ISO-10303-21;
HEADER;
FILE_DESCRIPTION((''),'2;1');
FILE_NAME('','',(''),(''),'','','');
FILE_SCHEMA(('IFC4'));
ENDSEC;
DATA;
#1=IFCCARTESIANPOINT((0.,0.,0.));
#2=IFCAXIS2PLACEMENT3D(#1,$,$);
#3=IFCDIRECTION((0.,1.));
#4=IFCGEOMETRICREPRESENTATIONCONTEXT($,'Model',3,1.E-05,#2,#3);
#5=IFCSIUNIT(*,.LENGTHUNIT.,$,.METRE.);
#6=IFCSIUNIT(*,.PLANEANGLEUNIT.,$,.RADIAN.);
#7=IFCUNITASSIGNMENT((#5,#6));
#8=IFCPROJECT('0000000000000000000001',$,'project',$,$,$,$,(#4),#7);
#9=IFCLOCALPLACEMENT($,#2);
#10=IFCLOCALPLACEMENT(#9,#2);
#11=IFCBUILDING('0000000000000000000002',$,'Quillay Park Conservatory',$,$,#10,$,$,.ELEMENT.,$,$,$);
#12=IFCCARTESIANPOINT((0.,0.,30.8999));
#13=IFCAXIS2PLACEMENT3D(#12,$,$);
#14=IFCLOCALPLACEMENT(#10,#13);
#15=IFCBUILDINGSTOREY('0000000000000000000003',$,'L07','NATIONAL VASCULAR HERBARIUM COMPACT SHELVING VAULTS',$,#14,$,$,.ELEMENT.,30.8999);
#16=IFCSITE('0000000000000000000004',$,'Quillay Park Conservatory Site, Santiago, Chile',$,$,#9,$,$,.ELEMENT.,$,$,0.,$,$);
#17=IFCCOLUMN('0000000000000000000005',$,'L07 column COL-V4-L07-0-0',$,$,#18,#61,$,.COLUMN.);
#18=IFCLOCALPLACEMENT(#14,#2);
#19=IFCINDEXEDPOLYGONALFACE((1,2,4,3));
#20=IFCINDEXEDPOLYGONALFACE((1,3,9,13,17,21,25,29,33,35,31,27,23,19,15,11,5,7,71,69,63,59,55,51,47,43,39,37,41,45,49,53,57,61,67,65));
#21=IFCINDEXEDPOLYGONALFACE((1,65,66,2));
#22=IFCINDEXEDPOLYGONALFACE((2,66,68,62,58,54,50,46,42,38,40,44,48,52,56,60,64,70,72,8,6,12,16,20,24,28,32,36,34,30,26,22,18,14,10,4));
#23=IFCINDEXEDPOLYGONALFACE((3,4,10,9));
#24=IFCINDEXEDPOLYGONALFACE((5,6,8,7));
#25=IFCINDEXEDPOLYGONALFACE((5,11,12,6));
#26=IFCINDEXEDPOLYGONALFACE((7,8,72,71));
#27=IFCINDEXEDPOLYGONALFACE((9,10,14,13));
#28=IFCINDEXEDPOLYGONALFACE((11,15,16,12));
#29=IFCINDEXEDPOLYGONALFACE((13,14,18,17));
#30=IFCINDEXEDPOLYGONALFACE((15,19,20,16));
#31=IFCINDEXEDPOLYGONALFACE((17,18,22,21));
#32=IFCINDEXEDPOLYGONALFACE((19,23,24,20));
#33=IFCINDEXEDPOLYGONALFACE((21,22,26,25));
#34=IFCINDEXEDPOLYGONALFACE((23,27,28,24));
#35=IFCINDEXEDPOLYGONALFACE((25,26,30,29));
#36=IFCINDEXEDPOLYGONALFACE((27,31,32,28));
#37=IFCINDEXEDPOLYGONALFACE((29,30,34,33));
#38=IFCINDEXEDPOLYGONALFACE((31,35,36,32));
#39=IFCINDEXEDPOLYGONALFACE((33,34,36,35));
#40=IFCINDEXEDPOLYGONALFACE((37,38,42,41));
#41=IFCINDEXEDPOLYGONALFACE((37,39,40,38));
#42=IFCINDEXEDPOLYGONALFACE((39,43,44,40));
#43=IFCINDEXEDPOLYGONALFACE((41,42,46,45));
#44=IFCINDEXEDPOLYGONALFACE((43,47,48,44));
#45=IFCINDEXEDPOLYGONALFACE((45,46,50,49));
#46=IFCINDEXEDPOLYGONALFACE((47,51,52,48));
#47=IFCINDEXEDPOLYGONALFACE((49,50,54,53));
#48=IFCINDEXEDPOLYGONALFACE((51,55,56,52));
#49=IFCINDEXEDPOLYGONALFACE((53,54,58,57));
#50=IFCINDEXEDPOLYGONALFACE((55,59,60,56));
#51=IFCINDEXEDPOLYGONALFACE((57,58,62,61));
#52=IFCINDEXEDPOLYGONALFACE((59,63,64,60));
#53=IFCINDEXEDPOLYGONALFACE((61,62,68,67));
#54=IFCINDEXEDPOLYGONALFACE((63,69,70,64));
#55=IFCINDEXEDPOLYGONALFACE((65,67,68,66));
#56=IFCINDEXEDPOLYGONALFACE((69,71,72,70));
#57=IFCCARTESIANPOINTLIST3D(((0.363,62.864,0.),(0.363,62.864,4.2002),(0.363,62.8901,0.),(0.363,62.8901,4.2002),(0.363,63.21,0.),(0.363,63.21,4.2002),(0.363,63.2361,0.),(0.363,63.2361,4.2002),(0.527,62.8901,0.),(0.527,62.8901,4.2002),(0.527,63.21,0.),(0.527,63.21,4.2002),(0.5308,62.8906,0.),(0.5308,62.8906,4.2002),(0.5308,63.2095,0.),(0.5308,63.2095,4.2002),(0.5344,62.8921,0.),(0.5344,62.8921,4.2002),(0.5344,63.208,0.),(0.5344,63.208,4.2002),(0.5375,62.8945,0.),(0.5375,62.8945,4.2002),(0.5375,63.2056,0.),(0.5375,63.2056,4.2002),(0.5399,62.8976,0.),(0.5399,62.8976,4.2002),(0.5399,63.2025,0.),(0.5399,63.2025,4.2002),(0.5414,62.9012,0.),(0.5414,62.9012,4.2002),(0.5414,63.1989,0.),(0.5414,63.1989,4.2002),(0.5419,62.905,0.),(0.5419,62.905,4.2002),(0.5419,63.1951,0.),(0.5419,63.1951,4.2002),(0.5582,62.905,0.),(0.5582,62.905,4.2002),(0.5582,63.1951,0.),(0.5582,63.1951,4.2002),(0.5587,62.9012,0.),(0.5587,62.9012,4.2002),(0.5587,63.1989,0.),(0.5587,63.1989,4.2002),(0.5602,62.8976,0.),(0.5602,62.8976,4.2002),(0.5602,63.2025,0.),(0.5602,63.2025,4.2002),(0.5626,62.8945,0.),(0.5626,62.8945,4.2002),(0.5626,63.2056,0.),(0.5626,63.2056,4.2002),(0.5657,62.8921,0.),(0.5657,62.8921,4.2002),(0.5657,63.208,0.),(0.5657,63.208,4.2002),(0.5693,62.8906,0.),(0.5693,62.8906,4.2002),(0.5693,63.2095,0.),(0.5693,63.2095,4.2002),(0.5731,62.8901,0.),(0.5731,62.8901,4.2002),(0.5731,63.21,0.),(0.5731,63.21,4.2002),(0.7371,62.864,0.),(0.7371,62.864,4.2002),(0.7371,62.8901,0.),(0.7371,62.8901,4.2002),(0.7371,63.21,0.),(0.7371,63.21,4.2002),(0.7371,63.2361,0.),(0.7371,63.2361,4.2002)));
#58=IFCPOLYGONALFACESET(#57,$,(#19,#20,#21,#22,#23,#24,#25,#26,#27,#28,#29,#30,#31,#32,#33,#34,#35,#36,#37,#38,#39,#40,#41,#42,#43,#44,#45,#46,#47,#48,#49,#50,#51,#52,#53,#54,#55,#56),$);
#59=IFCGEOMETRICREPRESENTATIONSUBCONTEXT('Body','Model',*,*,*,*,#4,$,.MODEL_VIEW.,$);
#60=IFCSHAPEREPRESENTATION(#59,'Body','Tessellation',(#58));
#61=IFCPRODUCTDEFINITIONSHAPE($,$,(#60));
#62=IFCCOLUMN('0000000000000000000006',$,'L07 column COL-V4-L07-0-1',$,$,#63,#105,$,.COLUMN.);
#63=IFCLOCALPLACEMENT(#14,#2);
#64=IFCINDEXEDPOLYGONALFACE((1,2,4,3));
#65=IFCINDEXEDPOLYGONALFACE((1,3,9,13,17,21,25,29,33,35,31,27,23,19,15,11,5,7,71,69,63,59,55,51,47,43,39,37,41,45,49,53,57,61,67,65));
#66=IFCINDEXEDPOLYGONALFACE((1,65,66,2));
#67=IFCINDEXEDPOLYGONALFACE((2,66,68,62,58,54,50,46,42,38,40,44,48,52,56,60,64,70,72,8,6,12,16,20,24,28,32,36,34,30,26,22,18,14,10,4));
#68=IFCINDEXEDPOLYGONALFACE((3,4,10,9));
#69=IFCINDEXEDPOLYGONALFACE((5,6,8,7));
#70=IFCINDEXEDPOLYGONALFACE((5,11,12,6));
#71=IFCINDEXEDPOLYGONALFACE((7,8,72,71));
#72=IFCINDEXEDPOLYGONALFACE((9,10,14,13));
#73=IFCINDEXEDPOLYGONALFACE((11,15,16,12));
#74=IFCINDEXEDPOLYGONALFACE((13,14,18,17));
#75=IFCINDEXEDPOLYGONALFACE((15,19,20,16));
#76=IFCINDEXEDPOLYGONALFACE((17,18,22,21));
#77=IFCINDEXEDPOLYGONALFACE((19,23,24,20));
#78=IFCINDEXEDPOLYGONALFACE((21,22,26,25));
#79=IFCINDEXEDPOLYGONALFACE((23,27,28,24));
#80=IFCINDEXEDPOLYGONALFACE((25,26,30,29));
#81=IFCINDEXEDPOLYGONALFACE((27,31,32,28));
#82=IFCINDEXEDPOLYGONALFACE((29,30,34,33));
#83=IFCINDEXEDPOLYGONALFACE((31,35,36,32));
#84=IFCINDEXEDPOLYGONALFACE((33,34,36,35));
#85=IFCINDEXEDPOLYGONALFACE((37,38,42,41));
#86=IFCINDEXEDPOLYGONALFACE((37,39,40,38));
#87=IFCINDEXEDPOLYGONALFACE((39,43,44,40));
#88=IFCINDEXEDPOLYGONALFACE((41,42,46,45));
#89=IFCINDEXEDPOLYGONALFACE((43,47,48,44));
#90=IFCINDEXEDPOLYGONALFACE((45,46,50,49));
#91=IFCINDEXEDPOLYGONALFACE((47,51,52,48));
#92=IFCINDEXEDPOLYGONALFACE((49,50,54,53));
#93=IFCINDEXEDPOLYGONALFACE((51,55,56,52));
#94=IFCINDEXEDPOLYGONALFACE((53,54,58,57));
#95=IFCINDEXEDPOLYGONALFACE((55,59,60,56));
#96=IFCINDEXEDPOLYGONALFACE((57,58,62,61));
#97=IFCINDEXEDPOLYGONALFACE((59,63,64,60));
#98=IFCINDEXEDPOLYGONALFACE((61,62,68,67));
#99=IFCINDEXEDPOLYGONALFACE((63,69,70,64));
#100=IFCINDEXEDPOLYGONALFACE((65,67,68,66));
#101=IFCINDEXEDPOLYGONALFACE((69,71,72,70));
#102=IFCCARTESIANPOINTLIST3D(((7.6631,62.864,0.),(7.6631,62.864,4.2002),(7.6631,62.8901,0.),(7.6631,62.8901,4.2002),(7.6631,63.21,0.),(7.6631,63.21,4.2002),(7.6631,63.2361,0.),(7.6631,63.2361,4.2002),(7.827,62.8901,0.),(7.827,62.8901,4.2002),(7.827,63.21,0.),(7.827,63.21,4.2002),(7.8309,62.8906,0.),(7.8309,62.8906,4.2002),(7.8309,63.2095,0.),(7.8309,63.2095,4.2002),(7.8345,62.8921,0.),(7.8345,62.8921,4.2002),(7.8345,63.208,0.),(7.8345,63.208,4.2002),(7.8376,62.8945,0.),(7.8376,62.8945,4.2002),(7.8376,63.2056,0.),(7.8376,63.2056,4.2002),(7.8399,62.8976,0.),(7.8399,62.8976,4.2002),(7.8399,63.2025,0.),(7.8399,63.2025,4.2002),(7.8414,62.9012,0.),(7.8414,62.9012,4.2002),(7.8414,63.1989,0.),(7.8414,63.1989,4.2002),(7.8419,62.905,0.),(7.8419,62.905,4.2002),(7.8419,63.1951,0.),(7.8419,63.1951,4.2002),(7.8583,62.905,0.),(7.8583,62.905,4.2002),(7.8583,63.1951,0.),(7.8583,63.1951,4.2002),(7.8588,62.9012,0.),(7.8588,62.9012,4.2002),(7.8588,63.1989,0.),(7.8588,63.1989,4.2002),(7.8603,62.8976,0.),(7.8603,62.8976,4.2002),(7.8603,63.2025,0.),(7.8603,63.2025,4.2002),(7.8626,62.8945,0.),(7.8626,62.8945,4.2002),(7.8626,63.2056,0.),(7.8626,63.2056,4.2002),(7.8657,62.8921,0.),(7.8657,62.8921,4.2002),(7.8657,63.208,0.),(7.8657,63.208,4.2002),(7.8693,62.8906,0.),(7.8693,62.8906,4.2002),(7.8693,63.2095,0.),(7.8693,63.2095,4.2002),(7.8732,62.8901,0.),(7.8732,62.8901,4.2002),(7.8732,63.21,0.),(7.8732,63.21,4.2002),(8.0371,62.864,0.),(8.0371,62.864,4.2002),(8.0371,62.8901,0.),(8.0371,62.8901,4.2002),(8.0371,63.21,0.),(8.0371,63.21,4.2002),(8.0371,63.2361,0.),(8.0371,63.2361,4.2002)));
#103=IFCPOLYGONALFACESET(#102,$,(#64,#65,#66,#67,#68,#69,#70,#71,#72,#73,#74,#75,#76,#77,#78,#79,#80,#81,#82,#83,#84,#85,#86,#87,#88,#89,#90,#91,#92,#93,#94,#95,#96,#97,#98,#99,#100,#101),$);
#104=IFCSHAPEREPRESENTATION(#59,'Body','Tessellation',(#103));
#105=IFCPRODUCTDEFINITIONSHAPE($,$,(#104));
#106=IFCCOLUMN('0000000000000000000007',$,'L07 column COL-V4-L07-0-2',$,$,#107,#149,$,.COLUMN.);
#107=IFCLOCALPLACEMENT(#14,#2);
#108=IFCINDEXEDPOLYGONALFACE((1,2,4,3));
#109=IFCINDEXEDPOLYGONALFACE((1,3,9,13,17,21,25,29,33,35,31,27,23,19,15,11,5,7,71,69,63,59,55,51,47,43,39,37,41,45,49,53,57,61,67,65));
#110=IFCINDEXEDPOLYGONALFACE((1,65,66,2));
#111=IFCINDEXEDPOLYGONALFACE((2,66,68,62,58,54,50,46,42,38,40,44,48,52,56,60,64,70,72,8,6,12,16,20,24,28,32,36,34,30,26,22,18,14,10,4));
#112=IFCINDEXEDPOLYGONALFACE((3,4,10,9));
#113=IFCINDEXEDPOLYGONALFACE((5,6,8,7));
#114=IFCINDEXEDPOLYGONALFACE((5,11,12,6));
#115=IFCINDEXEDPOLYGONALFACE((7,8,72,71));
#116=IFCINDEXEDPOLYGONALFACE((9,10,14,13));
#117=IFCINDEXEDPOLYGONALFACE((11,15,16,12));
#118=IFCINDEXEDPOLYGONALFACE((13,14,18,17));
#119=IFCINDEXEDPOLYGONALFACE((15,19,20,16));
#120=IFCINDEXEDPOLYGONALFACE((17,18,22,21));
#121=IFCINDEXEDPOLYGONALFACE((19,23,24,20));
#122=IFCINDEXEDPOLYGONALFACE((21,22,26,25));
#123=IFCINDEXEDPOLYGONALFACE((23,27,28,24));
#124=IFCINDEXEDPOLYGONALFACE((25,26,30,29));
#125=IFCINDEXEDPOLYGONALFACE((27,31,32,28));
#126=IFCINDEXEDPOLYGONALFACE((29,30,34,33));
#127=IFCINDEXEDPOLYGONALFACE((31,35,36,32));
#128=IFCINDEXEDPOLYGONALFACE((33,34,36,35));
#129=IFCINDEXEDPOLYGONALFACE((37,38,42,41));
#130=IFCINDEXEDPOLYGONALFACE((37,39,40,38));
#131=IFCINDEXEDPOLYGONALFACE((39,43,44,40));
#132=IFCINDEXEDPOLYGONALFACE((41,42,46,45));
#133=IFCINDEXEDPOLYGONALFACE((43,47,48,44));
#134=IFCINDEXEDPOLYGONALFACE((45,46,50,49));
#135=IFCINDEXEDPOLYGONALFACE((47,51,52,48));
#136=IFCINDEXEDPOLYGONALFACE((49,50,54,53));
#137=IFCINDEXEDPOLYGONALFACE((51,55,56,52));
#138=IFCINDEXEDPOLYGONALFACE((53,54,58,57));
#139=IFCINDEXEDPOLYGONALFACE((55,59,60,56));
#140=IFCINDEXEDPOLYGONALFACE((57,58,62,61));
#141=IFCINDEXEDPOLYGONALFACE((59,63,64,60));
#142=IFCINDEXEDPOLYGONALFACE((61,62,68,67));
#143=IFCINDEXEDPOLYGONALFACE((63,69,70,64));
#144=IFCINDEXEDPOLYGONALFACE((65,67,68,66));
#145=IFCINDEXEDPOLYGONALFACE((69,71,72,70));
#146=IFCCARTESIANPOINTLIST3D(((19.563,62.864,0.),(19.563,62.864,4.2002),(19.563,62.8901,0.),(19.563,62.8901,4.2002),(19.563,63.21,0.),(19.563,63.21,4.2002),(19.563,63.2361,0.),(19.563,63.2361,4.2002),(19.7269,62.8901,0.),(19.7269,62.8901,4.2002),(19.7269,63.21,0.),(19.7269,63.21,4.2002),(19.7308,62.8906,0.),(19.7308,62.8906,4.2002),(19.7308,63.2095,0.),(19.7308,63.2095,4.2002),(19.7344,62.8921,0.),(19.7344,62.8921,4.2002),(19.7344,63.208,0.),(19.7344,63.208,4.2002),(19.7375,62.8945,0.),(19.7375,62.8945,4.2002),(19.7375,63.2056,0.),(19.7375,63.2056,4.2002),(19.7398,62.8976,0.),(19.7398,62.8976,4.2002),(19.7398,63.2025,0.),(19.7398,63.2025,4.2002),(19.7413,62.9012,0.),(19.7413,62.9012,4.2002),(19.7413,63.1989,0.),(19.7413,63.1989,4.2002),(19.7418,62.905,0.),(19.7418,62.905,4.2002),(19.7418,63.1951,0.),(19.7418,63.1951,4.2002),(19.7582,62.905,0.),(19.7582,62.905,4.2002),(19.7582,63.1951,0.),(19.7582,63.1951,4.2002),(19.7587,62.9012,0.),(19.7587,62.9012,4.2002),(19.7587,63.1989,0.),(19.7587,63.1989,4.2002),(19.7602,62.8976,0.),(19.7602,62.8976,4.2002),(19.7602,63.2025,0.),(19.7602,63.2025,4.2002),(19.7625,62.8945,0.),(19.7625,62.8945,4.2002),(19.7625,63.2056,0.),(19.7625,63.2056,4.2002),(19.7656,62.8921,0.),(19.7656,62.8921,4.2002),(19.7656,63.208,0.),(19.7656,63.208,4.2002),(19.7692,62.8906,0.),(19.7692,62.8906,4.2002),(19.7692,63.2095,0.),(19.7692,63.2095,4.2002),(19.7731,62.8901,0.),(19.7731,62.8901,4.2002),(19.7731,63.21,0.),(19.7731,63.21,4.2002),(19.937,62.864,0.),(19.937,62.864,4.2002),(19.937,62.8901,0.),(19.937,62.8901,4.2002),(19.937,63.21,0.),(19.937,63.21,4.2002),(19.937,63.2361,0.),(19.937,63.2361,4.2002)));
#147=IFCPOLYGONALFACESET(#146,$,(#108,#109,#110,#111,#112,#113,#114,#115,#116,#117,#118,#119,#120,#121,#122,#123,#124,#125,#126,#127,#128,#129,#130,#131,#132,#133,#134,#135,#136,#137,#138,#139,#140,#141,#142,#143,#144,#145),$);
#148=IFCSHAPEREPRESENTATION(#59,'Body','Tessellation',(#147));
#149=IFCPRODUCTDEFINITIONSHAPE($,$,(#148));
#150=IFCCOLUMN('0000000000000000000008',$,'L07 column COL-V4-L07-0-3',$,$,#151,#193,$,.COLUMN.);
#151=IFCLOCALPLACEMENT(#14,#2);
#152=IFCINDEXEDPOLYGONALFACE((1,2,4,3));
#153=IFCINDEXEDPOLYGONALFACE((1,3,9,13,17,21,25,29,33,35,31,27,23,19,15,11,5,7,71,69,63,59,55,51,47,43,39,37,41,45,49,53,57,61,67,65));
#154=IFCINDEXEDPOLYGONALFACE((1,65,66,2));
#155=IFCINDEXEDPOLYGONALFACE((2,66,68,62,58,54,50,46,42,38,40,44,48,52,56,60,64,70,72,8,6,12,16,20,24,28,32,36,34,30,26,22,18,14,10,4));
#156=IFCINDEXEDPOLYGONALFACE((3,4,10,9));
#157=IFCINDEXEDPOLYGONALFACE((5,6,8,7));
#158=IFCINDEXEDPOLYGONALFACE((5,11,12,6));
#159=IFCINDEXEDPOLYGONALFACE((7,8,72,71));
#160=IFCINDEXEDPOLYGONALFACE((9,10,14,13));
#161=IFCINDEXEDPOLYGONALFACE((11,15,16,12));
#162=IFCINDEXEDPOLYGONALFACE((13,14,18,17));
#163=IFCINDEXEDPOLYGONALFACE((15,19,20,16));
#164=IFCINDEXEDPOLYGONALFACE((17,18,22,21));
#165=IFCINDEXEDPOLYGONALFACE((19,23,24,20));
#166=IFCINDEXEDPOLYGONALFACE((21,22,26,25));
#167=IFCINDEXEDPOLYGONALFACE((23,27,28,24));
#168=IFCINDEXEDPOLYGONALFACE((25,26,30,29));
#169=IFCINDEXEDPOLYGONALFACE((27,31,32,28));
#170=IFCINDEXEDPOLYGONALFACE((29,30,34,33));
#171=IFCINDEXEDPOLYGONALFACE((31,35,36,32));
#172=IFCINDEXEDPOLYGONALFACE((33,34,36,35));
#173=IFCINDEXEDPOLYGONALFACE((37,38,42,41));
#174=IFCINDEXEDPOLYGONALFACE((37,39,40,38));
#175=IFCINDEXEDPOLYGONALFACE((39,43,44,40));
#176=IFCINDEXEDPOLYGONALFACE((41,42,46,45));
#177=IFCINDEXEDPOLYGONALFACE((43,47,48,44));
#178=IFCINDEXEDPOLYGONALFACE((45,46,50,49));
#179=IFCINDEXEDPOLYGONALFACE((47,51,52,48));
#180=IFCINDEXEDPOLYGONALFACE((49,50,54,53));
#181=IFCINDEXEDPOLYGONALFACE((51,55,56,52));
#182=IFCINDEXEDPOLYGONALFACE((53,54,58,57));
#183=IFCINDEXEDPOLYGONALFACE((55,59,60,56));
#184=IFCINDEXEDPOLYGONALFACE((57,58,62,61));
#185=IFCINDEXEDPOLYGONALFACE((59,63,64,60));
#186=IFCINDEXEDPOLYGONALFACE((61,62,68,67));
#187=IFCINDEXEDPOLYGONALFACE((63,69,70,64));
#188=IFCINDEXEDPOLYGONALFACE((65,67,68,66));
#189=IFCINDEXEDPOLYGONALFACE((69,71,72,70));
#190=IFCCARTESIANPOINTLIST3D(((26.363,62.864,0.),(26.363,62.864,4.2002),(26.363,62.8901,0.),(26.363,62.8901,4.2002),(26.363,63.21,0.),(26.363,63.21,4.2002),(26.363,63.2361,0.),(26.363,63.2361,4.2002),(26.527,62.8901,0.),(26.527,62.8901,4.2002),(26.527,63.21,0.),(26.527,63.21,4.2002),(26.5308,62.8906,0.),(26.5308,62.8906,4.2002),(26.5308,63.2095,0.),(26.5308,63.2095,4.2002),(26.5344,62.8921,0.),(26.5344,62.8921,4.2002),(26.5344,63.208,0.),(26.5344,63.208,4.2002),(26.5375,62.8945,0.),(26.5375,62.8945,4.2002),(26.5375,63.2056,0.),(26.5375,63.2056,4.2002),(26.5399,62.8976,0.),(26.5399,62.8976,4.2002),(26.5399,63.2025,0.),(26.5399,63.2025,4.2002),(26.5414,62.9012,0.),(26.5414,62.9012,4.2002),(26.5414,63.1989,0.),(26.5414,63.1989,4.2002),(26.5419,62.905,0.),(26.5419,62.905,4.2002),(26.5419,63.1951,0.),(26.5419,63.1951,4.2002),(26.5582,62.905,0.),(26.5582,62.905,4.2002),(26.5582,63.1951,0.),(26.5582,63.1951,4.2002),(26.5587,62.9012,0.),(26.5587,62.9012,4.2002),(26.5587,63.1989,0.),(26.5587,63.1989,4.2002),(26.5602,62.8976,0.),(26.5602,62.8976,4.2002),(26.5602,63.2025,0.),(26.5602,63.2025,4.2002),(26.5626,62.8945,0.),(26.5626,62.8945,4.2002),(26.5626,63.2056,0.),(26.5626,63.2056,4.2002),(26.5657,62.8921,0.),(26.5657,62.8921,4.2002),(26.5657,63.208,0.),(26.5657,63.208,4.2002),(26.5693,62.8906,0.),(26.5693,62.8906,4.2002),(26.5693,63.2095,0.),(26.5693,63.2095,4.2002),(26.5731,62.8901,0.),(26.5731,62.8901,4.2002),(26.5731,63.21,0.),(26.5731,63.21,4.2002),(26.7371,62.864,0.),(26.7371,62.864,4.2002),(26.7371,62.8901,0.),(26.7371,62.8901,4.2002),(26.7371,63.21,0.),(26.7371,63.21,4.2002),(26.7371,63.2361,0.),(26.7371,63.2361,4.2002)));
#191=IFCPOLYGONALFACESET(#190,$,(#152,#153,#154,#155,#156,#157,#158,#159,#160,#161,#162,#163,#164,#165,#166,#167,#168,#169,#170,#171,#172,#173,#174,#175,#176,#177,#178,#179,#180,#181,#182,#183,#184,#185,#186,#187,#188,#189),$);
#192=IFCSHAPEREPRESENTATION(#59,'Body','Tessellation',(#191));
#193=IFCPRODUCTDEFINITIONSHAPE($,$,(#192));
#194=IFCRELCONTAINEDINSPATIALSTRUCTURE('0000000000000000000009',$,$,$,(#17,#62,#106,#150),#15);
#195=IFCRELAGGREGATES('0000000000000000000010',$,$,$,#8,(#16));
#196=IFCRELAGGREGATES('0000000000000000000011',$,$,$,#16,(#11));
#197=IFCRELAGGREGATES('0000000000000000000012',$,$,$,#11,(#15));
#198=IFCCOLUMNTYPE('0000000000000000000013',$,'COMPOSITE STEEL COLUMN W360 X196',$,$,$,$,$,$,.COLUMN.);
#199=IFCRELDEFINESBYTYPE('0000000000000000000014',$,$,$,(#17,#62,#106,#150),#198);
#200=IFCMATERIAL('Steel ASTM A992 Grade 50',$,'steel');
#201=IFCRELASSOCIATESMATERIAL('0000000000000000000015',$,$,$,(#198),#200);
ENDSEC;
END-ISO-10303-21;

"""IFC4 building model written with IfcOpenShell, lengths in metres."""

from ifc_helpers import new_model, si_unit, direction, frame, origin, origin_2d, place, context, subcontext, project, spatial, i_section, extrude, material, material_profile, profile_set, type_object, element, save


model = new_model("IFC4")

# Units and contexts
model_context = context("Model", 3, precision=1e-05, world=origin(), true_north=direction((0.0, 1.0)))
body_context = subcontext(model_context, "Body", "Model", "MODEL_VIEW")
ifc_project = project(units=[si_unit("LENGTHUNIT", "METRE"), si_unit("PLANEANGLEUNIT", "RADIAN")], contexts=[model_context])

# Site, building, storey
site_placement = place(None, origin())
site = spatial("IfcSite", under=ifc_project, at=site_placement, Name="Quillay Park Conservatory Site, Santiago, Chile", CompositionType="ELEMENT", RefElevation=0.0)
building_placement = place(site_placement, origin())
building = spatial("IfcBuilding", under=site, at=building_placement, Name="Quillay Park Conservatory", CompositionType="ELEMENT")
storey_placement = place(building_placement, frame((0.0, 0.0, 30.8999)))
storey = spatial("IfcBuildingStorey", under=building, at=storey_placement, Name="L07", Description="NATIONAL VASCULAR HERBARIUM COMPACT SHELVING VAULTS", CompositionType="ELEMENT", Elevation=30.8999)

# Columns
ifc_material_1 = material(Name="Steel ASTM A992 Grade 50", Category="steel")
ifc_material_profile_1 = material_profile(ifc_material_1, i_section(OverallWidth=0.374, OverallDepth=0.3721, WebThickness=0.0164, FlangeThickness=0.0261, FilletRadius=0.0149, at=origin_2d()), Name="W360x196")
ifc_profile_set_1 = profile_set([ifc_material_profile_1], Name="Steel ASTM A992 Grade 50")
column_type = type_object("IfcColumnType", Name="COMPOSITE STEEL COLUMN W360 X196", PredefinedType="COLUMN", material=ifc_profile_set_1)
for number, where, z_axis, x_axis, name in (
    (1, (0.55, 63.05, 0.0), (0.0, 0.0, 1.0), (1.0, 0.0, 0.0), "L07 column COL-V4-L07-0-0"),
    (2, (7.8501, 63.05, 0.0), (0.0, 0.0, 1.0), (1.0, 0.0, 0.0), "L07 column COL-V4-L07-0-1"),
    (3, (19.75, 63.05, 0.0), (0.0, 0.0, 1.0), (1.0, 0.0, 0.0), "L07 column COL-V4-L07-0-2"),
    (4, (26.55, 63.05, 0.0), (0.0, 0.0, 1.0), (1.0, 0.0, 0.0), "L07 column COL-V4-L07-0-3"),
):
    element("IfcColumn", number, at=place(storey_placement, frame(where, z_axis=z_axis, x_axis=x_axis)), inside=storey, type_object=column_type, Name=name, PredefinedType="COLUMN", context=body_context, shape_type="SweptSolid", body=[
        extrude(i_section(OverallWidth=0.374, OverallDepth=0.3721, WebThickness=0.0164, FlangeThickness=0.0261, FilletRadius=0.0149, at=origin_2d()), origin(), (0.0, 0.0, 1.0), 4.2002),
    ])

save(model, "model.ifc")
